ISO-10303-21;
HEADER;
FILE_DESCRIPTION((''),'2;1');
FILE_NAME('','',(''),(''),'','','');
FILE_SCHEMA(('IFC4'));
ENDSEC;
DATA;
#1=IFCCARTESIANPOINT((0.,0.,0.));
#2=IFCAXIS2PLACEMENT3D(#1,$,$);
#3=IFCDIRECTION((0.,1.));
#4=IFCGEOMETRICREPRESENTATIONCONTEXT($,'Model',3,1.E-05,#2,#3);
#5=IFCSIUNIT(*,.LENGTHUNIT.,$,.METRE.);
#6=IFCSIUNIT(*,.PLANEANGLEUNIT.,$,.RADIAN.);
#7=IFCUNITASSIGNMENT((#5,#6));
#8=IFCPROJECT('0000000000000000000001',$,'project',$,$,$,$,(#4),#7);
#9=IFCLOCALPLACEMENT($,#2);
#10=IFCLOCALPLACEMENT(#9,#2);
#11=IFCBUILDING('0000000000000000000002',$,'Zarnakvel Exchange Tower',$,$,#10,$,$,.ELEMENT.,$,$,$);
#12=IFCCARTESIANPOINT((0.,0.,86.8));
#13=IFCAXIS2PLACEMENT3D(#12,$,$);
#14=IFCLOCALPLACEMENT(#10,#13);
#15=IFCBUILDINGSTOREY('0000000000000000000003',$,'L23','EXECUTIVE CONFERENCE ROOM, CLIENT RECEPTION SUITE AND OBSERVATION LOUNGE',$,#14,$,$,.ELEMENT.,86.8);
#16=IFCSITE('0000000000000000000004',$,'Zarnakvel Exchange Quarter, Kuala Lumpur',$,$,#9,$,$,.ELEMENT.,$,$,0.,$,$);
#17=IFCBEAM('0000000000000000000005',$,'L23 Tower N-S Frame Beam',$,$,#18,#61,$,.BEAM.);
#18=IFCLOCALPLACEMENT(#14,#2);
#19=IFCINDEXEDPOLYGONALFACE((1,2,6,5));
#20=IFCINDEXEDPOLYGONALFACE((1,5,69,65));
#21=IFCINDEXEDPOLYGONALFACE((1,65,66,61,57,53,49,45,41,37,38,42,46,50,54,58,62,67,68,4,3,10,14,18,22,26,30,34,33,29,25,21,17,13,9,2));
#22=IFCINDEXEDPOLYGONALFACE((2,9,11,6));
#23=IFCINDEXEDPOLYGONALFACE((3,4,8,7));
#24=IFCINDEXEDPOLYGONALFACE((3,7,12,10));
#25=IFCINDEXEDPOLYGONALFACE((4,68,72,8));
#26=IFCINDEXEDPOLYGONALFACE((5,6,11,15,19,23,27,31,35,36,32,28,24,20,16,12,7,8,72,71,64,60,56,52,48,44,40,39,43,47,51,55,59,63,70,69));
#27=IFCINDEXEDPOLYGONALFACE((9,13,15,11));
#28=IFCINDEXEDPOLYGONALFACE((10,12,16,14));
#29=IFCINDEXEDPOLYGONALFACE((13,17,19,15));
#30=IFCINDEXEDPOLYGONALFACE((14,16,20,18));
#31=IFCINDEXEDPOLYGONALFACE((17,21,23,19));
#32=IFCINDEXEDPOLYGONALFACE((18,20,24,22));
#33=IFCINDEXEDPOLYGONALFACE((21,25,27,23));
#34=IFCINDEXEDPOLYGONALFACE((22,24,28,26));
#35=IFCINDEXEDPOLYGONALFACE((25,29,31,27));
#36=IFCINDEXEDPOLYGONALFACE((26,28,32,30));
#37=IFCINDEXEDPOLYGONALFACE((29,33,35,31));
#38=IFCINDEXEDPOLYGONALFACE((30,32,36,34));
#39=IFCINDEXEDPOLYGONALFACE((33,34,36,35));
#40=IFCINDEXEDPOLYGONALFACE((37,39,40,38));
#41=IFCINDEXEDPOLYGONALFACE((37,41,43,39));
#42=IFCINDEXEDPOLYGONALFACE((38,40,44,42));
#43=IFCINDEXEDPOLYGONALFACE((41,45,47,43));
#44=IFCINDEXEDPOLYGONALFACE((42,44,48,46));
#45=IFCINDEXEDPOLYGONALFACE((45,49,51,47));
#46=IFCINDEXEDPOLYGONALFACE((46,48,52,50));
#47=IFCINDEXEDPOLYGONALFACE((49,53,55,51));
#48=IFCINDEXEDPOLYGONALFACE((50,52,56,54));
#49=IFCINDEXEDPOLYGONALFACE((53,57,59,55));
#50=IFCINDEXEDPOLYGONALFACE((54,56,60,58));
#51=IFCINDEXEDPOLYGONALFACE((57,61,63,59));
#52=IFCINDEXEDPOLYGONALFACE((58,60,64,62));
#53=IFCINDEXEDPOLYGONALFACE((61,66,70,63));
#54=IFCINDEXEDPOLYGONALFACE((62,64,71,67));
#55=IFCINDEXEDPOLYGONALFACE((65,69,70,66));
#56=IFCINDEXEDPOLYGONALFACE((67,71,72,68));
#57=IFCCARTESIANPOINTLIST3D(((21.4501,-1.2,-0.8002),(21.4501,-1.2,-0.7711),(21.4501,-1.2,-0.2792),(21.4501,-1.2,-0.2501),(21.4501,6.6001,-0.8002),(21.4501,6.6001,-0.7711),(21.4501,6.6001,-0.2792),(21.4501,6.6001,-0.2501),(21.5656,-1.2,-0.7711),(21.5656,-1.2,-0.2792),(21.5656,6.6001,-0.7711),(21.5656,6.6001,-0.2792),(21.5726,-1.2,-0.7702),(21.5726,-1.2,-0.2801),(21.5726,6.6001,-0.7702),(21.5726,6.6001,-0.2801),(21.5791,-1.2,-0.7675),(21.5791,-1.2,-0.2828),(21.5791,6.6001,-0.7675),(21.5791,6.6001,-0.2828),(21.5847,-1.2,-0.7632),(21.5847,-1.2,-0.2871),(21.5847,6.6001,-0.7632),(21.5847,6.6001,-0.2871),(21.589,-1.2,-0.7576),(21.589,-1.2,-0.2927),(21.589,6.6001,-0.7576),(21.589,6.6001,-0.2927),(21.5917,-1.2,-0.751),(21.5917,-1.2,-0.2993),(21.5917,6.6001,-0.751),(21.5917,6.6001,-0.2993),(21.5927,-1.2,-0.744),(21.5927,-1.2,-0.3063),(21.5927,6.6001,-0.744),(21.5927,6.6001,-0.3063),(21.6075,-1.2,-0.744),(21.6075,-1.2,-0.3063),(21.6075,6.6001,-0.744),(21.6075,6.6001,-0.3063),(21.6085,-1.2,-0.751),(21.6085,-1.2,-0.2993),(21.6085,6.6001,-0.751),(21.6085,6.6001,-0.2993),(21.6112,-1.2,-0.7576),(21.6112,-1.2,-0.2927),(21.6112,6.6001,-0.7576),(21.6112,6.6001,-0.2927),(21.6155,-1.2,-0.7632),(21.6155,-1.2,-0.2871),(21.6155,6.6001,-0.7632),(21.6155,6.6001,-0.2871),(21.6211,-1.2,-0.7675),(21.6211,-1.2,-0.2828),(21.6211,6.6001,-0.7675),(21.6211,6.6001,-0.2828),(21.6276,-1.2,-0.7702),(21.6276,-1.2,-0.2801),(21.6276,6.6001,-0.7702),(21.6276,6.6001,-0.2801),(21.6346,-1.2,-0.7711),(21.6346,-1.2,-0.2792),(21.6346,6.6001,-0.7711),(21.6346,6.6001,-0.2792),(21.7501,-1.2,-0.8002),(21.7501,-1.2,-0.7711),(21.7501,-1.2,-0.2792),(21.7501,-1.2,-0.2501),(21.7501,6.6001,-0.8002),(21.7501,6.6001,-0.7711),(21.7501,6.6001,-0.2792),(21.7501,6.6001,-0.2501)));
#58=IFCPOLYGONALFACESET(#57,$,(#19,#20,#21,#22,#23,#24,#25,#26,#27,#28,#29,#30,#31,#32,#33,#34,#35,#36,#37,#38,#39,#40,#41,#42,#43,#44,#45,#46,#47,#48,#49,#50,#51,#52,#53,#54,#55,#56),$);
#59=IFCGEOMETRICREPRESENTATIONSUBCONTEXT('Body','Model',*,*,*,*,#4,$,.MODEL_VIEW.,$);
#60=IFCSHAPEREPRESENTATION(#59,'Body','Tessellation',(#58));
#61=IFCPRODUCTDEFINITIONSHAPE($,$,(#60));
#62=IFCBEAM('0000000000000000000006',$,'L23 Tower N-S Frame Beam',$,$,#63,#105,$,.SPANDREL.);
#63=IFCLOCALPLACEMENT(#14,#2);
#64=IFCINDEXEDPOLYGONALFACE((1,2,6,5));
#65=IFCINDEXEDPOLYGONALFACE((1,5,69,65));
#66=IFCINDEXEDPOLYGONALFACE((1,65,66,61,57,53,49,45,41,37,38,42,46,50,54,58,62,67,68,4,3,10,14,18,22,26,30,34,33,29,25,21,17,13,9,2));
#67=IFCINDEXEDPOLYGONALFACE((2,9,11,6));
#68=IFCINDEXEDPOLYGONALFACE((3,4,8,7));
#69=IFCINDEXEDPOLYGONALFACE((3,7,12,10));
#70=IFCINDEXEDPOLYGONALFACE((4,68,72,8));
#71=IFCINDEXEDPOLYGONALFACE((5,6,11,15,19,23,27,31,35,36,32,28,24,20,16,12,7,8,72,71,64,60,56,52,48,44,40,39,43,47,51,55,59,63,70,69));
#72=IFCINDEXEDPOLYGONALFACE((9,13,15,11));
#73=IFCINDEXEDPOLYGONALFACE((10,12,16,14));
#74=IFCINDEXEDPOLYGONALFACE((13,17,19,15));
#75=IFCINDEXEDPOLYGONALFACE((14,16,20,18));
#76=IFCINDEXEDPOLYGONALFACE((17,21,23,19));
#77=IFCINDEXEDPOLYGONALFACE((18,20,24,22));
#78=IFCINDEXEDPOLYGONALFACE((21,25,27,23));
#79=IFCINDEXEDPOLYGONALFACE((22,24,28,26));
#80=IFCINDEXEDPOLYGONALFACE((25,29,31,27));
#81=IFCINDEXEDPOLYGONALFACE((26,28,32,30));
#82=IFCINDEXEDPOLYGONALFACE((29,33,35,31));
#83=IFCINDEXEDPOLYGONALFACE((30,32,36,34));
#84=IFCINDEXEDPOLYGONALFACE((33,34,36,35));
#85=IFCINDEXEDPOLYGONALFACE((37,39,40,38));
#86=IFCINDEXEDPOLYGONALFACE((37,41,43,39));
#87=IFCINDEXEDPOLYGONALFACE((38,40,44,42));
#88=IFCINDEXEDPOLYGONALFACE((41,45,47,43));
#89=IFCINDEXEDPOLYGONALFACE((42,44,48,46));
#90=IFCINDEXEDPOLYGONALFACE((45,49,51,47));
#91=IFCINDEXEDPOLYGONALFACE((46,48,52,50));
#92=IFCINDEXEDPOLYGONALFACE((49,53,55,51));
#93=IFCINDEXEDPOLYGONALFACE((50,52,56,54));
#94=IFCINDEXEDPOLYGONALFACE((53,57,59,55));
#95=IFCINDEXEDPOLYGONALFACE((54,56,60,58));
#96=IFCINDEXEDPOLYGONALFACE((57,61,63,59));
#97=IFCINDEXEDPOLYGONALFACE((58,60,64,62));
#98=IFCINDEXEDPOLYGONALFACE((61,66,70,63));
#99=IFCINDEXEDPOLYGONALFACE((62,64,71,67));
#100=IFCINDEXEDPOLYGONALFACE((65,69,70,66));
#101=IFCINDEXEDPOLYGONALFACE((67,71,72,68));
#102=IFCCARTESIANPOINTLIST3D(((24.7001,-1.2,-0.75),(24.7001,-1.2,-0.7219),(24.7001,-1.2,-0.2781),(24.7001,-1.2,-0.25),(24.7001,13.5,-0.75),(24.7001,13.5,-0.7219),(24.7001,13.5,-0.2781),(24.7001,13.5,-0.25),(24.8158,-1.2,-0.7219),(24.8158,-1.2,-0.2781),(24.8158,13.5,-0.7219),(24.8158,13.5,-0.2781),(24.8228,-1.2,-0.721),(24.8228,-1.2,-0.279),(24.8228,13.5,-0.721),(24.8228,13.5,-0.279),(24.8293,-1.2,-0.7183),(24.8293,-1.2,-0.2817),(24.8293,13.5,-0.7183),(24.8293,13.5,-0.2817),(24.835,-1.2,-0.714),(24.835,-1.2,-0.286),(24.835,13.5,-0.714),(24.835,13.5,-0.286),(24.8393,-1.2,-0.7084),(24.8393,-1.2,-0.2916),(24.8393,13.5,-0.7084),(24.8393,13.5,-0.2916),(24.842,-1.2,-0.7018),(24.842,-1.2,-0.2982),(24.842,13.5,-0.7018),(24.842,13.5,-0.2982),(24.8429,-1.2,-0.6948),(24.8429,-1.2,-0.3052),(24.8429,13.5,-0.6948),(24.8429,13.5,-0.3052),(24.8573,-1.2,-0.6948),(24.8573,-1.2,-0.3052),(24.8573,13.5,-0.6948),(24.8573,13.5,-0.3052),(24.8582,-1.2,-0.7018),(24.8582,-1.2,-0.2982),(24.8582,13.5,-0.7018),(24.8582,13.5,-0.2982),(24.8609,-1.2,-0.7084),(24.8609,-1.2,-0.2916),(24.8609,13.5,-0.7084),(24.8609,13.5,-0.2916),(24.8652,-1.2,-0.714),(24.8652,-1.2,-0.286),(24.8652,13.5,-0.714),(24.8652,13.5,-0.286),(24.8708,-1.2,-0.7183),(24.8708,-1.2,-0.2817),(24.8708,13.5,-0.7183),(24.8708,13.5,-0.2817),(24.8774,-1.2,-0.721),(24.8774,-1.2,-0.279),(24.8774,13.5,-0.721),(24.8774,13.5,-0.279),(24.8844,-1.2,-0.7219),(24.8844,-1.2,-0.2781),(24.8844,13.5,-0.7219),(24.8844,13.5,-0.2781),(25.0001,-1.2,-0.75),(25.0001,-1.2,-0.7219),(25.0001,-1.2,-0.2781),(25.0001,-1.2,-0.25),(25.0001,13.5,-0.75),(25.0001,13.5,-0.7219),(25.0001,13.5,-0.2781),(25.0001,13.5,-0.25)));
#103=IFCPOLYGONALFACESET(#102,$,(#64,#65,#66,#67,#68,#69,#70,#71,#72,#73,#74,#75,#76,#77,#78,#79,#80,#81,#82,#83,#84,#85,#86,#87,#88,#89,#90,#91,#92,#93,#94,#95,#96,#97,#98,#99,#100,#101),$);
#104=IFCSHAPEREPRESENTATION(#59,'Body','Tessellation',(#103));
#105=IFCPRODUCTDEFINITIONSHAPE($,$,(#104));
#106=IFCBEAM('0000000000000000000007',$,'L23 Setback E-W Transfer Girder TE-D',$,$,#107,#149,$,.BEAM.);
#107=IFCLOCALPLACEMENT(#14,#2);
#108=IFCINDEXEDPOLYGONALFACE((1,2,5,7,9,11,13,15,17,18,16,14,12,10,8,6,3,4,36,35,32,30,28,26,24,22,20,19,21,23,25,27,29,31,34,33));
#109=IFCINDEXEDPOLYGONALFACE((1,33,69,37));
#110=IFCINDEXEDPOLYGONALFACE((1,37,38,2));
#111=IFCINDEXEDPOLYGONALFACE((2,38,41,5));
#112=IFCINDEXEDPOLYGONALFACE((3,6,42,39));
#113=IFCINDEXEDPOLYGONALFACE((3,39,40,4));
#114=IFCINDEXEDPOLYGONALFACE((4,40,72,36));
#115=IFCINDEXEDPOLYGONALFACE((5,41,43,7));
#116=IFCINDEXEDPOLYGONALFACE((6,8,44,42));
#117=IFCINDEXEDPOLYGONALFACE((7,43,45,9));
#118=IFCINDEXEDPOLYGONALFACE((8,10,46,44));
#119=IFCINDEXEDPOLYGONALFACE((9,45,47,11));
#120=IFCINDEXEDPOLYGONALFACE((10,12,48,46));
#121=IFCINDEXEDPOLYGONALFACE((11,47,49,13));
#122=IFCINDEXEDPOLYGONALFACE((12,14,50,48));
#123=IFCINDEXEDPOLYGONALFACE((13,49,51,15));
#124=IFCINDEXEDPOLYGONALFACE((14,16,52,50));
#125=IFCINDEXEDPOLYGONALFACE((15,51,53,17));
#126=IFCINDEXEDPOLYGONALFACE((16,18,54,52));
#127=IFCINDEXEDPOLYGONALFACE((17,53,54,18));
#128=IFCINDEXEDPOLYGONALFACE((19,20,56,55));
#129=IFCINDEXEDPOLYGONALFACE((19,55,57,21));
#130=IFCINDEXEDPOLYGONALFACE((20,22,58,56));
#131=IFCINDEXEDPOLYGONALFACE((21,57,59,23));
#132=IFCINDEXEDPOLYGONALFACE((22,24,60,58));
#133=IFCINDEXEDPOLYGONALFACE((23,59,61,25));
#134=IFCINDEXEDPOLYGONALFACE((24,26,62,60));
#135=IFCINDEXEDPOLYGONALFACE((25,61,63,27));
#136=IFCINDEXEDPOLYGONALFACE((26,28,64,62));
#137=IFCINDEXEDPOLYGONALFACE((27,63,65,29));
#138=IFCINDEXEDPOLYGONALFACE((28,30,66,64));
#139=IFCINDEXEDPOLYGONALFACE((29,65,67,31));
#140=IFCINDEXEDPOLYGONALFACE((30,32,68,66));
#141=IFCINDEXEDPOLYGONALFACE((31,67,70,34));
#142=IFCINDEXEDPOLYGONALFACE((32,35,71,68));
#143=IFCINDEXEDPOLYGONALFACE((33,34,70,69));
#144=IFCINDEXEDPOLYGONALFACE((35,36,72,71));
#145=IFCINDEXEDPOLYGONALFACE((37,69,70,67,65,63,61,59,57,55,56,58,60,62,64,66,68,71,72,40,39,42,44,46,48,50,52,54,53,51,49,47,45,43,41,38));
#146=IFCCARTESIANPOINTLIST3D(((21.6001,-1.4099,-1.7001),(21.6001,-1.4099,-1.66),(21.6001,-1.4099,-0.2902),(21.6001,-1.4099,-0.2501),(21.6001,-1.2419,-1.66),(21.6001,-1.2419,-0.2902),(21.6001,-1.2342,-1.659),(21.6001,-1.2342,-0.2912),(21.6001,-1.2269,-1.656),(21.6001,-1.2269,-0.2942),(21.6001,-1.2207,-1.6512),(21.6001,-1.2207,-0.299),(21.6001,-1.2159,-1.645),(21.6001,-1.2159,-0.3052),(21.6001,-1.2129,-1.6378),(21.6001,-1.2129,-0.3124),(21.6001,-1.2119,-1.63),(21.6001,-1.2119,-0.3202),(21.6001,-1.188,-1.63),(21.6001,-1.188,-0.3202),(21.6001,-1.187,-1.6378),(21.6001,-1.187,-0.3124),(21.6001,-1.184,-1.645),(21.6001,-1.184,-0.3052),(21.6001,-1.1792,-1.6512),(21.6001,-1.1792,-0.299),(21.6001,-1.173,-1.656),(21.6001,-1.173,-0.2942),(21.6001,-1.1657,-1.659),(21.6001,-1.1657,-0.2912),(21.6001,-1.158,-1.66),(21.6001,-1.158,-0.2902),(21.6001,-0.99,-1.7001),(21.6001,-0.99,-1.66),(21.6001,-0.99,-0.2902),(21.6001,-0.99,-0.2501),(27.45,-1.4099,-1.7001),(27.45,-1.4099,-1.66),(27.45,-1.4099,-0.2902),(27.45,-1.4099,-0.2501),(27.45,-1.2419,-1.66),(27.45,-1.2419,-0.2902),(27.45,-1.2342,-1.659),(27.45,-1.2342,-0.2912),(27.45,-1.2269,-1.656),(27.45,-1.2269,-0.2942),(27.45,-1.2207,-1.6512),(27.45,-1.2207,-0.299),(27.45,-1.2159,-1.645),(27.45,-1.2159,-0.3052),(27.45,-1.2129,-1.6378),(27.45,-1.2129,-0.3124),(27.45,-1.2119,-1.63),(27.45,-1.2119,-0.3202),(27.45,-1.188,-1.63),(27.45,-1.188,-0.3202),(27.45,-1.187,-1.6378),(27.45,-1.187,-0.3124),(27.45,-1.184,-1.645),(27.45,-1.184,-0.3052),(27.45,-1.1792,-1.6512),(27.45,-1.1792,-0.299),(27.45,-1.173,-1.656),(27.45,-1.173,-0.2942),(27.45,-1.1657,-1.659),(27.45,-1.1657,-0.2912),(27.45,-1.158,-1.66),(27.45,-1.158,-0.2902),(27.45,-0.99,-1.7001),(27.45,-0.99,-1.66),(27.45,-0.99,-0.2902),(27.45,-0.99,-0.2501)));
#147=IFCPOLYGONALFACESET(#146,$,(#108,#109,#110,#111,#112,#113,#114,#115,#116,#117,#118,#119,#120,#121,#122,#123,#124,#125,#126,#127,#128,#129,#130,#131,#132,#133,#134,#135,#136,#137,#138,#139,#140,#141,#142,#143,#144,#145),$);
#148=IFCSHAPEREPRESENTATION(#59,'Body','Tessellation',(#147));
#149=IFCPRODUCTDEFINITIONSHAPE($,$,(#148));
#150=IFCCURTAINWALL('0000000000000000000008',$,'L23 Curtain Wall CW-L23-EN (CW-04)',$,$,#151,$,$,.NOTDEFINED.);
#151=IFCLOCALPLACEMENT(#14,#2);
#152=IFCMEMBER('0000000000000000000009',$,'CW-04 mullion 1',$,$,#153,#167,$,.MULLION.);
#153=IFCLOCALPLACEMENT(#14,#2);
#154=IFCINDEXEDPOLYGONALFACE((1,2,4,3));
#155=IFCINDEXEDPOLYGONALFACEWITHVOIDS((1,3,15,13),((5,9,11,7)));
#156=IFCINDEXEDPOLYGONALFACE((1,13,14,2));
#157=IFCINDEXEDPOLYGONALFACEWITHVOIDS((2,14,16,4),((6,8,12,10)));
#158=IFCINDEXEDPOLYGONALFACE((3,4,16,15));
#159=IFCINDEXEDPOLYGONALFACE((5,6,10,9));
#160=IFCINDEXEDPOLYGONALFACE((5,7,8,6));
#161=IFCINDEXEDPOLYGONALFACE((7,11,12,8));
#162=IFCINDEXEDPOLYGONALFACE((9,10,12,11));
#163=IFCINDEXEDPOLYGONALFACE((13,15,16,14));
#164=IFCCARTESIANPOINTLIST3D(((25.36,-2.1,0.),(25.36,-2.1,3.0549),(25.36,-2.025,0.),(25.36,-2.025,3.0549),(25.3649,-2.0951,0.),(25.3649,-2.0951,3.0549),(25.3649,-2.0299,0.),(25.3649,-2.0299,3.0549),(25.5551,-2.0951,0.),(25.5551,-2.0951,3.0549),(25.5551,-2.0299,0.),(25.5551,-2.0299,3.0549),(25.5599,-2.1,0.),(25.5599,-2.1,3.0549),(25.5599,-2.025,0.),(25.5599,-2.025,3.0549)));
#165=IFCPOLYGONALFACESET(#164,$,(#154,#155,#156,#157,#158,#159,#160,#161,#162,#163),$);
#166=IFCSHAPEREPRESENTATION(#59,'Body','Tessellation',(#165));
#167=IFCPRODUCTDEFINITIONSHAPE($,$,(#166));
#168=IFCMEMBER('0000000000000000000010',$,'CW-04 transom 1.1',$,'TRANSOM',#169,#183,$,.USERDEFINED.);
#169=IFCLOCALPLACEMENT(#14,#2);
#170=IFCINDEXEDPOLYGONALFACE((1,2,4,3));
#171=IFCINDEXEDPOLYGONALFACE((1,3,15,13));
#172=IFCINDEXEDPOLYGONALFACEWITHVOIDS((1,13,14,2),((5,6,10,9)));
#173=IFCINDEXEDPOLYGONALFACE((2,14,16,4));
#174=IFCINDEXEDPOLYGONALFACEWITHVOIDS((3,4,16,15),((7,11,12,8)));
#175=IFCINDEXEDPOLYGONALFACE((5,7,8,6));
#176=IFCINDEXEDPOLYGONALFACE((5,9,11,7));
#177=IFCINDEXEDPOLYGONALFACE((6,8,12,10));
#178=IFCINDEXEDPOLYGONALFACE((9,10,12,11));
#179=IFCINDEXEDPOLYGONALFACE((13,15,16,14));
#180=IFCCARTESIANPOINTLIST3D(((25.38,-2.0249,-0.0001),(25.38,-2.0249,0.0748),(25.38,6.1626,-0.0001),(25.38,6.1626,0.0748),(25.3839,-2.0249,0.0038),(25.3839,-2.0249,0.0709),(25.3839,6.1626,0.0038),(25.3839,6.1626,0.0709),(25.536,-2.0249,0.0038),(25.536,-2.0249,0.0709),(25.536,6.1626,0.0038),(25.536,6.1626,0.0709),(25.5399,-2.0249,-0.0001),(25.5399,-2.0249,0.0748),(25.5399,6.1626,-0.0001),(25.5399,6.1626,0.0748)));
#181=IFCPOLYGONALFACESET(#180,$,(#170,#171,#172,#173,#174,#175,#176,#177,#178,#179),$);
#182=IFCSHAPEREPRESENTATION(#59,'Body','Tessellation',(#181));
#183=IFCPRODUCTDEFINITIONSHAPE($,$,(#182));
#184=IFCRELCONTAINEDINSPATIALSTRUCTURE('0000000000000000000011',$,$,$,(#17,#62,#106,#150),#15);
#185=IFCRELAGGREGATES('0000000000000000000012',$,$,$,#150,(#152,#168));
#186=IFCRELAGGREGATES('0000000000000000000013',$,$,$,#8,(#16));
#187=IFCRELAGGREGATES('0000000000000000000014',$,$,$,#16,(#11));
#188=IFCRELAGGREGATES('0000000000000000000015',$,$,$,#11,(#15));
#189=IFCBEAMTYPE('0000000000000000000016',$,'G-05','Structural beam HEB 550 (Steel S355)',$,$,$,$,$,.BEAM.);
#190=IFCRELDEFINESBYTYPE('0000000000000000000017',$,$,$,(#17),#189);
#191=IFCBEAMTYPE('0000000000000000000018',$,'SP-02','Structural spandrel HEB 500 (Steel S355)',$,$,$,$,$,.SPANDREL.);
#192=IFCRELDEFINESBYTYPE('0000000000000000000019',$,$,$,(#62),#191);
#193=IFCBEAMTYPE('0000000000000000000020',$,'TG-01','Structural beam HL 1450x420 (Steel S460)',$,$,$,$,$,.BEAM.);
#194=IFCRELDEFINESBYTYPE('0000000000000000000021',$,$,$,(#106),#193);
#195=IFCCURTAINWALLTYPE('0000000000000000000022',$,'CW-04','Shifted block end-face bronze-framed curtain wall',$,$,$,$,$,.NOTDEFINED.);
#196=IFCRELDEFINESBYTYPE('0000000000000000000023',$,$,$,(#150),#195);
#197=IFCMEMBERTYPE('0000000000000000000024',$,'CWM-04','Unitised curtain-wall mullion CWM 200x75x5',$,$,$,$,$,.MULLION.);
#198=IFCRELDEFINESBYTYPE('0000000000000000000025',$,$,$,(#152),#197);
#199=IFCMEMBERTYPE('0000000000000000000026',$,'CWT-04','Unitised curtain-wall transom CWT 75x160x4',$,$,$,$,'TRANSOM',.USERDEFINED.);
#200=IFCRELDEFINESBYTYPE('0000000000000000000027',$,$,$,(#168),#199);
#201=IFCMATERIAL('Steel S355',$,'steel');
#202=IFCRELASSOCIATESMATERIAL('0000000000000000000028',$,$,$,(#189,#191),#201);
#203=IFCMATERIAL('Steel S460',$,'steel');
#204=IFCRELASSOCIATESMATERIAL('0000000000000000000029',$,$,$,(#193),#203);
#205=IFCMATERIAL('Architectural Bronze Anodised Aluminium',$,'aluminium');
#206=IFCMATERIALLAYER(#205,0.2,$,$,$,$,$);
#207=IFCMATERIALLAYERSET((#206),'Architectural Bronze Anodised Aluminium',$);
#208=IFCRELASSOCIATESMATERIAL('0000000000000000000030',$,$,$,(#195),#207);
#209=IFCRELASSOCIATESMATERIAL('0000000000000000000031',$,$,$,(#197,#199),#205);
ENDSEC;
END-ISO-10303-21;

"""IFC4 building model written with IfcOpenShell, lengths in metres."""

from ifc_helpers import new_model, si_unit, direction, frame, origin, origin_2d, place, context, subcontext, project, spatial, hollow_rectangle, i_section, extrude, source, transform, mapped, material, layer, layer_set, material_profile, profile_set, type_object, element, aggregate, save


model = new_model("IFC4")

# Units and contexts
model_context = context("Model", 3, precision=1e-05, world=origin(), true_north=direction((0.0, 1.0)))
body_context = subcontext(model_context, "Body", "Model", "MODEL_VIEW")
ifc_project = project(units=[si_unit("LENGTHUNIT", "METRE"), si_unit("PLANEANGLEUNIT", "RADIAN")], contexts=[model_context])

# Site, building, storey
site_placement = place(None, origin())
site = spatial("IfcSite", under=ifc_project, at=site_placement, Name="Zarnakvel Exchange Quarter, Kuala Lumpur", CompositionType="ELEMENT", RefElevation=0.0)
building_placement = place(site_placement, origin())
building = spatial("IfcBuilding", under=site, at=building_placement, Name="Zarnakvel Exchange Tower", CompositionType="ELEMENT")
storey_placement = place(building_placement, frame((0.0, 0.0, 86.8)))
storey = spatial("IfcBuildingStorey", under=building, at=storey_placement, Name="L23", Description="EXECUTIVE CONFERENCE ROOM, CLIENT RECEPTION SUITE AND OBSERVATION LOUNGE", CompositionType="ELEMENT", Elevation=86.8)

# Shared definitions
ifc_material_1 = material(Name="Steel S355", Category="steel")

# Beams
ifc_material_profile_1 = material_profile(ifc_material_1, i_section(OverallWidth=0.3, OverallDepth=0.55, WebThickness=0.0149, FlangeThickness=0.0291, FilletRadius=0.0271, at=origin_2d()))
ifc_profile_set_1 = profile_set([ifc_material_profile_1], Name="Steel S355")
beam_type_1 = type_object("IfcBeamType", Name="G-05", Description="Structural beam HEB 550 (Steel S355)", PredefinedType="BEAM", material=ifc_profile_set_1)
beam_1_placement = place(storey_placement, frame((21.6001, -1.2, -0.5251), z_axis=(0.0, 1.0, 0.0), x_axis=(-1.0, 0.0, 0.0)))
element("IfcBeam", 1, at=beam_1_placement, inside=storey, type_object=beam_type_1, Name="L23 Tower N-S Frame Beam", PredefinedType="BEAM", context=body_context, shape_type="SweptSolid", body=[
    extrude(i_section(OverallWidth=0.3, OverallDepth=0.55, WebThickness=0.0149, FlangeThickness=0.0291, FilletRadius=0.0271, at=origin_2d()), origin(), (0.0, 0.0, 1.0), 7.8),
])
ifc_material_profile_2 = material_profile(ifc_material_1, i_section(OverallWidth=0.3, OverallDepth=0.5, WebThickness=0.0144, FlangeThickness=0.0281, FilletRadius=0.0271, at=origin_2d()))
ifc_profile_set_2 = profile_set([ifc_material_profile_2], Name="Steel S355")
beam_type_2 = type_object("IfcBeamType", Name="SP-02", Description="Structural spandrel HEB 500 (Steel S355)", PredefinedType="SPANDREL", material=ifc_profile_set_2)
beam_2_placement = place(storey_placement, frame((24.8501, -1.2, -0.5), z_axis=(0.0, 1.0, 0.0), x_axis=(-1.0, 0.0, 0.0)))
element("IfcBeam", 2, at=beam_2_placement, inside=storey, type_object=beam_type_2, Name="L23 Tower N-S Frame Beam", PredefinedType="SPANDREL", context=body_context, shape_type="SweptSolid", body=[
    extrude(i_section(OverallWidth=0.3, OverallDepth=0.5, WebThickness=0.0144, FlangeThickness=0.0281, FilletRadius=0.0271, at=origin_2d()), origin(), (0.0, 0.0, 1.0), 14.7),
])
ifc_material_2 = material(Name="Steel S460", Category="steel")
ifc_material_profile_3 = material_profile(ifc_material_2, i_section(OverallWidth=0.4199, OverallDepth=1.45, WebThickness=0.0239, FlangeThickness=0.04, FilletRadius=0.03, at=origin_2d()))
ifc_profile_set_3 = profile_set([ifc_material_profile_3], Name="Steel S460")
beam_type_3 = type_object("IfcBeamType", Name="TG-01", Description="Structural beam HL 1450x420 (Steel S460)", PredefinedType="BEAM", material=ifc_profile_set_3)
beam_3_placement = place(storey_placement, frame((21.6001, -1.2, -0.9751), z_axis=(1.0, 0.0, 0.0), x_axis=(0.0, 1.0, 0.0)))
element("IfcBeam", 3, at=beam_3_placement, inside=storey, type_object=beam_type_3, Name="L23 Setback E-W Transfer Girder TE-D", PredefinedType="BEAM", context=body_context, shape_type="SweptSolid", body=[
    extrude(i_section(OverallWidth=0.4199, OverallDepth=1.45, WebThickness=0.0239, FlangeThickness=0.04, FilletRadius=0.03, at=origin_2d()), origin(), (0.0, 0.0, 1.0), 5.8499),
])

# Curtain wall, members
ifc_material_3 = material(Name="Architectural Bronze Anodised Aluminium", Category="aluminium")
ifc_layer_1 = layer(ifc_material_3, 0.2)
ifc_layer_set_1 = layer_set([ifc_layer_1], Name="Architectural Bronze Anodised Aluminium")
curtain_wall_type = type_object("IfcCurtainWallType", Name="CW-04", Description="Shifted block end-face bronze-framed curtain wall", PredefinedType="NOTDEFINED", material=ifc_layer_set_1)
curtain_wall_placement = place(storey_placement, origin())
curtain_wall = element("IfcCurtainWall", 4, at=curtain_wall_placement, inside=storey, type_object=curtain_wall_type, Name="L23 Curtain Wall CW-L23-EN (CW-04)", PredefinedType="NOTDEFINED")
ifc_material_profile_4 = material_profile(ifc_material_3, hollow_rectangle(XDim=0.2, YDim=0.075, WallThickness=0.0049, at=origin_2d()))
ifc_profile_set_4 = profile_set([ifc_material_profile_4], Name="Architectural Bronze Anodised Aluminium")
member_type_1 = type_object("IfcMemberType", Name="CWM-04", Description="Unitised curtain-wall mullion CWM 200x75x5", PredefinedType="MULLION", material=ifc_profile_set_4)
shared_shape_1 = source(origin(), body_context, "Body", "SweptSolid", [
    extrude(hollow_rectangle(XDim=0.2, YDim=0.075, WallThickness=0.0049, at=origin_2d()), origin(), (0.0, 0.0, 1.0), 3.0549),
])
member_1_placement = place(storey_placement, frame((25.46, -2.0625, 0.0), z_axis=(0.0, 0.0, 1.0), x_axis=(-1.0, 0.0, 0.0)))
member_1 = element("IfcMember", 5, at=member_1_placement, type_object=member_type_1, Name="CW-04 mullion 1", PredefinedType="MULLION", context=body_context, shape_type="MappedRepresentation", body=[
    mapped(shared_shape_1, transform((0.0, 0.0, 0.0), x_axis=(1.0, 0.0, 0.0), y_axis=(0.0, 1.0, 0.0), z_axis=(0.0, 0.0, 1.0), scale=1.0)),
])
ifc_material_profile_5 = material_profile(ifc_material_3, hollow_rectangle(XDim=0.1599, YDim=0.075, WallThickness=0.0039, at=origin_2d()))
ifc_profile_set_5 = profile_set([ifc_material_profile_5], Name="Architectural Bronze Anodised Aluminium")
member_type_2 = type_object("IfcMemberType", Name="CWT-04", Description="Unitised curtain-wall transom CWT 75x160x4", ElementType="TRANSOM", PredefinedType="USERDEFINED", material=ifc_profile_set_5)
shared_shape_2 = source(origin(), body_context, "Body", "SweptSolid", [
    extrude(hollow_rectangle(XDim=0.1599, YDim=0.075, WallThickness=0.0039, at=origin_2d()), origin(), (0.0, 0.0, 1.0), 8.1875),
])
member_2_placement = place(storey_placement, frame((25.46, -2.0249, 0.0374), z_axis=(0.0, 1.0, 0.0), x_axis=(-1.0, 0.0, 0.0)))
member_2 = element("IfcMember", 6, at=member_2_placement, type_object=member_type_2, Name="CW-04 transom 1.1", ObjectType="TRANSOM", PredefinedType="USERDEFINED", context=body_context, shape_type="MappedRepresentation", body=[
    mapped(shared_shape_2, transform((0.0, 0.0, 0.0), x_axis=(1.0, 0.0, 0.0), y_axis=(0.0, 1.0, 0.0), z_axis=(0.0, 0.0, 1.0), scale=1.0)),
])
aggregate(curtain_wall, [member_1, member_2])

save(model, "model.ifc")
